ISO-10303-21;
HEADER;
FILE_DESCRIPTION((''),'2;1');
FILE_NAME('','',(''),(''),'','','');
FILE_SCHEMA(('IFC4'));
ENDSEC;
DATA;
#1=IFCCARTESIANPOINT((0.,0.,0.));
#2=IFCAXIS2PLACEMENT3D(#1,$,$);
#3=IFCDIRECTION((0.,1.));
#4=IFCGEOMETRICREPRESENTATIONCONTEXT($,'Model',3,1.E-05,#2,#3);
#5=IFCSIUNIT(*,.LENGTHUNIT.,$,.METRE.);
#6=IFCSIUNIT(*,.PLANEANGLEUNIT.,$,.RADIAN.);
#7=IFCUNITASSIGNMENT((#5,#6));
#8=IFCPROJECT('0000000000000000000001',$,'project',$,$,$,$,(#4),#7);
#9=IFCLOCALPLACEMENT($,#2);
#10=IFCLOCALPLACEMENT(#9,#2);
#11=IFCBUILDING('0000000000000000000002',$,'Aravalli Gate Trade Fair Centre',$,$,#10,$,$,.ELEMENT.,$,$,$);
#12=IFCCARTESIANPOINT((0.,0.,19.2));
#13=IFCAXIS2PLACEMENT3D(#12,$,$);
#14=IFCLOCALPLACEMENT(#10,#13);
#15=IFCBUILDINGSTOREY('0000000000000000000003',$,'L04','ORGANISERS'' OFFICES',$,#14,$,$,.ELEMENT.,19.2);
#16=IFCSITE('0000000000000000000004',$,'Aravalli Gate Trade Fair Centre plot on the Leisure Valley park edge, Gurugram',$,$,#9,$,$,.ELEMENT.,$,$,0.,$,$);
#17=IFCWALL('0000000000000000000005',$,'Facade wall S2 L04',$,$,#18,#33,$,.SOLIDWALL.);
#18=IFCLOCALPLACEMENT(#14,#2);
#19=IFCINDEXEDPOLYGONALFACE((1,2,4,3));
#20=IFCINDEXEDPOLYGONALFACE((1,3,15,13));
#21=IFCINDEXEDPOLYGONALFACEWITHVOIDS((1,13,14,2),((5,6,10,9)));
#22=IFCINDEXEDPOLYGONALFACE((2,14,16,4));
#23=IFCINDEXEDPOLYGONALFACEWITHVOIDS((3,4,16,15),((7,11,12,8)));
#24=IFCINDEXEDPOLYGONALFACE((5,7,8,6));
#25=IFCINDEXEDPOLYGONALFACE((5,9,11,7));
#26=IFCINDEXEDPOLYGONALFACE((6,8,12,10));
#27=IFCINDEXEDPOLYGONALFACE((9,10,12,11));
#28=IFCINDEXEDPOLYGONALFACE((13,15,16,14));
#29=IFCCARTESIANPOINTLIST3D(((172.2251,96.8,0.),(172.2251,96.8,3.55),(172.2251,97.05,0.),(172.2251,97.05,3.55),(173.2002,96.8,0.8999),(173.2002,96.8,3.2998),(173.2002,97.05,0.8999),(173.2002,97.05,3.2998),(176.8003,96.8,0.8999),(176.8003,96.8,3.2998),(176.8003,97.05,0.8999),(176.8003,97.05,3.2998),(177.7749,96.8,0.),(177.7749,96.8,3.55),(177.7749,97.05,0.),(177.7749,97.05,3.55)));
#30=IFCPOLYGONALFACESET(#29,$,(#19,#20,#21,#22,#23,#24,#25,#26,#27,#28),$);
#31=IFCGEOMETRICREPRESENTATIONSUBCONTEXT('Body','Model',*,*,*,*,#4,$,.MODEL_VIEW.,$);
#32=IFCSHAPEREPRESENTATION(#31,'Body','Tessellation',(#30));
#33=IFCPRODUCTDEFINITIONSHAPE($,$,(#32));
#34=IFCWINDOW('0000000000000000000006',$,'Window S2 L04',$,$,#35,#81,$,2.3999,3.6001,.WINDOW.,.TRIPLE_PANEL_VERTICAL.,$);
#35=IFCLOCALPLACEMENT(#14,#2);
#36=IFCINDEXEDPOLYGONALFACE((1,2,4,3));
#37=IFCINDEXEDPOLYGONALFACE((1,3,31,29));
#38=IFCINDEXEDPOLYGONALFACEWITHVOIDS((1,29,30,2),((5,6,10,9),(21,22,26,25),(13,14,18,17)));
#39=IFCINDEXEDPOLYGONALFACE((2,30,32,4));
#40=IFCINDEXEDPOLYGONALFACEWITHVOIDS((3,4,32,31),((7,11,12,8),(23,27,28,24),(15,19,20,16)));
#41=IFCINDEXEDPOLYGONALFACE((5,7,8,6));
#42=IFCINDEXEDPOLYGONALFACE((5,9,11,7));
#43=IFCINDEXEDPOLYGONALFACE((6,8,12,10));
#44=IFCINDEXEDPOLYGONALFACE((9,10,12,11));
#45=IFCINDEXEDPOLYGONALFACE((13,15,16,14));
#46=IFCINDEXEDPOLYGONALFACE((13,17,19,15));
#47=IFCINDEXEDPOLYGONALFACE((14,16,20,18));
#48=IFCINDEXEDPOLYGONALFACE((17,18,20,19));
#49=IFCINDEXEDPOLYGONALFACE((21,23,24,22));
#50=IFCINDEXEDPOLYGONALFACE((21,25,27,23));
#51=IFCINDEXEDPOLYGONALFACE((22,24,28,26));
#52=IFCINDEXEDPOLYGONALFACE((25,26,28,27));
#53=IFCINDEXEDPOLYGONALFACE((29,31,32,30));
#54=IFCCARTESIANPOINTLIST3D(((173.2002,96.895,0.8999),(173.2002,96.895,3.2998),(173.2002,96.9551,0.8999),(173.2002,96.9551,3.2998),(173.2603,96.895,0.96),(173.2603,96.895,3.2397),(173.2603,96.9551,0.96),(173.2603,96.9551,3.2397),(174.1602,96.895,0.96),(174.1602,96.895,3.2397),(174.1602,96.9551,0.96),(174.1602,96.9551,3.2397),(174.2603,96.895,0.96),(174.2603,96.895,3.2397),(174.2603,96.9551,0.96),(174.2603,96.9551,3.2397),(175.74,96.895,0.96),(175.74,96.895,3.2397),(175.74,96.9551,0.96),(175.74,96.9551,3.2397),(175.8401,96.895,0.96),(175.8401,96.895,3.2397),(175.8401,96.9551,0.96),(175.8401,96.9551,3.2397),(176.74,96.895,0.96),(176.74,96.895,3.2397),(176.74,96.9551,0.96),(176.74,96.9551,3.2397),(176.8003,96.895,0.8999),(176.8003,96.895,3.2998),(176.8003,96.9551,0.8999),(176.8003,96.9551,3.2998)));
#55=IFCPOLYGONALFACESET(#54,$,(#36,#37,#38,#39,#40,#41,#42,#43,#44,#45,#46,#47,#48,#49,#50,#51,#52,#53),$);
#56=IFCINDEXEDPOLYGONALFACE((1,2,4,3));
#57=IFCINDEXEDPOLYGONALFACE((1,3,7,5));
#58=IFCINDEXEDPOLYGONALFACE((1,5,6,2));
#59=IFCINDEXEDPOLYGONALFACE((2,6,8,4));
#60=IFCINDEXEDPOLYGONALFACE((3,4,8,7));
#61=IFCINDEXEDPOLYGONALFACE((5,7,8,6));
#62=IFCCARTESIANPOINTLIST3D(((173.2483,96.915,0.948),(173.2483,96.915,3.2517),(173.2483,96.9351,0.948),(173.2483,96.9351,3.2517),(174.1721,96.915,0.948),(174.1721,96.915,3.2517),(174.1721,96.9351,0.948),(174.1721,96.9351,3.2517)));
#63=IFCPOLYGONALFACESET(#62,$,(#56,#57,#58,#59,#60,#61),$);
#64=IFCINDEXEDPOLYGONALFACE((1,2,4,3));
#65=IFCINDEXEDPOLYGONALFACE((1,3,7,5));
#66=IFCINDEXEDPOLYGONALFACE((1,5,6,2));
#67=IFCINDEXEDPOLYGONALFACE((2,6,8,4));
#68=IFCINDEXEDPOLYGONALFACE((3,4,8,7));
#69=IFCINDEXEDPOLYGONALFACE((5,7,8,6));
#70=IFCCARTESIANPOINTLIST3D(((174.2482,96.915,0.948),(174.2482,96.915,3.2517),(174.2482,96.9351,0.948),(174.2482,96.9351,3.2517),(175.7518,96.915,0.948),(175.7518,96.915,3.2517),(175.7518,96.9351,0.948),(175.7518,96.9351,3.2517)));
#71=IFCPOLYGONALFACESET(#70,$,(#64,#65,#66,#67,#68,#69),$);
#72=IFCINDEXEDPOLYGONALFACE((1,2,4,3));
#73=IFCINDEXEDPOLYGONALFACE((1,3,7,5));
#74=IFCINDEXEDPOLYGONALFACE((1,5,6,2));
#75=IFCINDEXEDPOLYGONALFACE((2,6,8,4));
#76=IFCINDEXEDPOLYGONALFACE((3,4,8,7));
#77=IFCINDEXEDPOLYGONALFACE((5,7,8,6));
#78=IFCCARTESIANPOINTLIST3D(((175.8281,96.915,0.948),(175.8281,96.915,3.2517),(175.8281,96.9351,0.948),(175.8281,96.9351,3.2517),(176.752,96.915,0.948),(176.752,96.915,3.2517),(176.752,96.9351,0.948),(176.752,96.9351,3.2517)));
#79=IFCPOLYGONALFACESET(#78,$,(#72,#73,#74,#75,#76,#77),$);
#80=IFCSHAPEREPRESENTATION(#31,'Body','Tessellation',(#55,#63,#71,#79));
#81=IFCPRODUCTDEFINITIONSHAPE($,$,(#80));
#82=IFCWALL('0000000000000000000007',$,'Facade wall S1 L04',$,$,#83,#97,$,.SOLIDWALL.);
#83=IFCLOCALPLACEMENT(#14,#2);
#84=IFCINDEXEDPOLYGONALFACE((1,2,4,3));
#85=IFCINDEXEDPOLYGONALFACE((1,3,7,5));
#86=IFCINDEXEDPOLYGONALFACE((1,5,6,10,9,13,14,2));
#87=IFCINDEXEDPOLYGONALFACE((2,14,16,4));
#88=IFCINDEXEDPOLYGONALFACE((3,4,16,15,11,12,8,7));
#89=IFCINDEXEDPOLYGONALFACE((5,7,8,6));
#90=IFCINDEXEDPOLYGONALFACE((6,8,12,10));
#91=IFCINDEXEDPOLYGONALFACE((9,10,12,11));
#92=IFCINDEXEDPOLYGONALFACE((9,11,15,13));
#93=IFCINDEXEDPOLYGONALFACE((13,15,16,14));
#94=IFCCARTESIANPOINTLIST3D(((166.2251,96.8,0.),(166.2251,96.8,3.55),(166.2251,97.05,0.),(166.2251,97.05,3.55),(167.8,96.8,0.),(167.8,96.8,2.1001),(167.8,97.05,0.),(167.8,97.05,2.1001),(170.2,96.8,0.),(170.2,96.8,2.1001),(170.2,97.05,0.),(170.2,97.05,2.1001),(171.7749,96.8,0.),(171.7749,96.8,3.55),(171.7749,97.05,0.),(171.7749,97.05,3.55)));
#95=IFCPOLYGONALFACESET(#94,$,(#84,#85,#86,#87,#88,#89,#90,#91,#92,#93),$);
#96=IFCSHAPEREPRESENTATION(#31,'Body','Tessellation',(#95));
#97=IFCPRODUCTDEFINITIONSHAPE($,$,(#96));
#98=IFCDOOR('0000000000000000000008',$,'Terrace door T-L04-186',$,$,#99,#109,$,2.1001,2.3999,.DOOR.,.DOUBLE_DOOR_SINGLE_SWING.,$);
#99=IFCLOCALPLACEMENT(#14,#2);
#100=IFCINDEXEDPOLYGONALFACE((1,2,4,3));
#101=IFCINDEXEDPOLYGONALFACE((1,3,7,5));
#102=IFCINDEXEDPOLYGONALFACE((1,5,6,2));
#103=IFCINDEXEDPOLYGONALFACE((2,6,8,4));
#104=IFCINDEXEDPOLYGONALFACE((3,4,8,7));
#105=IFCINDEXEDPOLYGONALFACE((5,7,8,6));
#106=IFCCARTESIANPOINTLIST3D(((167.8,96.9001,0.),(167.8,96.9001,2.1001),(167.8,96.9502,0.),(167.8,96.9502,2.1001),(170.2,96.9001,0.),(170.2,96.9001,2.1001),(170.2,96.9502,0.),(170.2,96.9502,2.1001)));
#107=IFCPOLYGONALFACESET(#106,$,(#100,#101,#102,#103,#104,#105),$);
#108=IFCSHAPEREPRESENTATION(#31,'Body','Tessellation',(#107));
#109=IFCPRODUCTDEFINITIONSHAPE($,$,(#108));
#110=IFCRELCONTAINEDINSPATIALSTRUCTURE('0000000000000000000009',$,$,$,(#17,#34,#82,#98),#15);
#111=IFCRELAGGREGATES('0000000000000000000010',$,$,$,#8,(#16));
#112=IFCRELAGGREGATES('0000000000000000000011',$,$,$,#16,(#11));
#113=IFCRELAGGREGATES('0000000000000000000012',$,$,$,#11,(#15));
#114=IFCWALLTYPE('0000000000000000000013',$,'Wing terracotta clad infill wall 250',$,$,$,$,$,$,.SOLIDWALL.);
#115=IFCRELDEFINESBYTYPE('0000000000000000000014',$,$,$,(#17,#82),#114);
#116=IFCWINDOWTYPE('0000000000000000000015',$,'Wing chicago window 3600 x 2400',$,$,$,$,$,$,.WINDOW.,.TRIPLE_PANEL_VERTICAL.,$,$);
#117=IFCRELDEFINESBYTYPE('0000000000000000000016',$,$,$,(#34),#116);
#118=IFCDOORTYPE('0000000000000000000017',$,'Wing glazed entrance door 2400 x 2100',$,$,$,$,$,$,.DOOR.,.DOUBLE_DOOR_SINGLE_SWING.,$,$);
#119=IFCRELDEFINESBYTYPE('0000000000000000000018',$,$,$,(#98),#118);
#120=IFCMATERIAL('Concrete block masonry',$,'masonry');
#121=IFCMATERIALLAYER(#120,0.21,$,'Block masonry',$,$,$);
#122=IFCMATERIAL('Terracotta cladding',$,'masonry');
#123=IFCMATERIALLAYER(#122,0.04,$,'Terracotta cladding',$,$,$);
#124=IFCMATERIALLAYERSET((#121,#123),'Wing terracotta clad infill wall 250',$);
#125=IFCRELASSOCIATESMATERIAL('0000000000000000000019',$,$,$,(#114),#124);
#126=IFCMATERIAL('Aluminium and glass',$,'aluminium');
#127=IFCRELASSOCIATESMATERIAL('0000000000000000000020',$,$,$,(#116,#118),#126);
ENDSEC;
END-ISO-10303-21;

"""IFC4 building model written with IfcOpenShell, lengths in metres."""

from ifc_helpers import new_model, si_unit, direction, frame, frame_2d, origin, place, context, subcontext, project, spatial, polyline, rectangle, outline, extrude, material, layer, layer_set, type_object, element, fill, save


model = new_model("IFC4")

# Units and contexts
model_context = context("Model", 3, precision=1e-05, world=origin(), true_north=direction((0.0, 1.0)))
body_context = subcontext(model_context, "Body", "Model", "MODEL_VIEW")
ifc_project = project(units=[si_unit("LENGTHUNIT", "METRE"), si_unit("PLANEANGLEUNIT", "RADIAN")], contexts=[model_context])

# Site, building, storey
site_placement = place(None, origin())
site = spatial("IfcSite", under=ifc_project, at=site_placement, Name="Aravalli Gate Trade Fair Centre plot on the Leisure Valley park edge, Gurugram", CompositionType="ELEMENT", RefElevation=0.0)
building_placement = place(site_placement, origin())
building = spatial("IfcBuilding", under=site, at=building_placement, Name="Aravalli Gate Trade Fair Centre", CompositionType="ELEMENT")
storey_placement = place(building_placement, frame((0.0, 0.0, 19.2)))
storey = spatial("IfcBuildingStorey", under=building, at=storey_placement, Name="L04", Description="ORGANISERS' OFFICES", CompositionType="ELEMENT", Elevation=19.2)

# Wall, opening, window
ifc_material_1 = material(Name="Concrete block masonry", Category="masonry")
ifc_layer_1 = layer(ifc_material_1, 0.21, Name="Block masonry")
ifc_material_2 = material(Name="Terracotta cladding", Category="masonry")
ifc_layer_2 = layer(ifc_material_2, 0.04, Name="Terracotta cladding")
ifc_layer_set_1 = layer_set([ifc_layer_1, ifc_layer_2], Name="Wing terracotta clad infill wall 250")
wall_type_1 = type_object("IfcWallType", Name="Wing terracotta clad infill wall 250", PredefinedType="SOLIDWALL", material=ifc_layer_set_1)
wall_1_placement = place(storey_placement, frame((172.2251, 96.925, 0.0), z_axis=(0.0, 0.0, 1.0), x_axis=(1.0, 0.0, 0.0)))
wall_1 = element("IfcWall", 1, at=wall_1_placement, inside=storey, type_object=wall_type_1, Name="Facade wall S2 L04", PredefinedType="SOLIDWALL", context=body_context, shape_type="SweptSolid", body=[
    extrude(rectangle(XDim=5.5498, YDim=0.25, at=frame_2d((2.7749, 0.0))), origin(), (0.0, 0.0, 1.0), 3.55),
])
opening_1_placement = place(wall_1_placement, frame((0.9751, 0.0, 0.8999)))
opening_1 = element("IfcOpeningElement", 2, at=opening_1_placement, cuts=wall_1, PredefinedType="OPENING", context=body_context, shape_type="SweptSolid", body=[
    extrude(rectangle(XDim=3.6001, YDim=2.3999, at=frame_2d((1.8, 1.2))), frame((0.0, 0.135, 0.0), z_axis=(0.0, -1.0, 0.0), x_axis=(1.0, 0.0, 0.0)), (0.0, 0.0, 1.0), 0.27),
])
ifc_material_3 = material(Name="Aluminium and glass", Category="aluminium")
window_type = type_object("IfcWindowType", Name="Wing chicago window 3600 x 2400", PartitioningType="TRIPLE_PANEL_VERTICAL", PredefinedType="WINDOW", material=ifc_material_3)
window_placement = place(opening_1_placement, origin())
window = element("IfcWindow", 3, at=window_placement, inside=storey, type_object=window_type, Name="Window S2 L04", OverallHeight=2.3999, OverallWidth=3.6001, PartitioningType="TRIPLE_PANEL_VERTICAL", PredefinedType="WINDOW", context=body_context, shape_type="SweptSolid", body=[
    extrude(outline(polyline([(0.0, 0.0), (3.6001, 0.0), (3.6001, 2.3999), (0.0, 2.3999), (0.0, 0.0)]), holes=[polyline([(0.0601, 0.0601), (0.96, 0.0601), (0.96, 2.3398), (0.0601, 2.3398), (0.0601, 0.0601)]), polyline([(1.0601, 0.0601), (2.5398, 0.0601), (2.5398, 2.3398), (1.0601, 2.3398), (1.0601, 0.0601)]), polyline([(2.6399, 0.0601), (3.5398, 0.0601), (3.5398, 2.3398), (2.6399, 2.3398), (2.6399, 0.0601)])]), frame((0.0, 0.03, 0.0), z_axis=(0.0, -1.0, 0.0), x_axis=(1.0, 0.0, 0.0)), (0.0, 0.0, 1.0), 0.0601),
    extrude(rectangle(XDim=0.9238, YDim=2.3037, at=frame_2d((0.51, 1.2))), frame((0.0, 0.01, 0.0), z_axis=(0.0, -1.0, 0.0), x_axis=(1.0, 0.0, 0.0)), (0.0, 0.0, 1.0), 0.02),
    extrude(rectangle(XDim=1.5037, YDim=2.3037, at=frame_2d((1.7998, 1.2))), frame((0.0, 0.01, 0.0), z_axis=(0.0, -1.0, 0.0), x_axis=(1.0, 0.0, 0.0)), (0.0, 0.0, 1.0), 0.02),
    extrude(rectangle(XDim=0.9238, YDim=2.3037, at=frame_2d((3.0898, 1.2))), frame((0.0, 0.01, 0.0), z_axis=(0.0, -1.0, 0.0), x_axis=(1.0, 0.0, 0.0)), (0.0, 0.0, 1.0), 0.02),
])
fill(opening_1, window)

# Wall, opening, door
wall_2_placement = place(storey_placement, frame((166.2251, 96.925, 0.0), z_axis=(0.0, 0.0, 1.0), x_axis=(1.0, 0.0, 0.0)))
wall_2 = element("IfcWall", 4, at=wall_2_placement, inside=storey, type_object=wall_type_1, Name="Facade wall S1 L04", PredefinedType="SOLIDWALL", context=body_context, shape_type="SweptSolid", body=[
    extrude(rectangle(XDim=5.5498, YDim=0.25, at=frame_2d((2.7749, 0.0))), origin(), (0.0, 0.0, 1.0), 3.55),
])
opening_2_placement = place(wall_2_placement, frame((1.575, 0.0, 0.0)))
opening_2 = element("IfcOpeningElement", 5, at=opening_2_placement, cuts=wall_2, PredefinedType="OPENING", context=body_context, shape_type="SweptSolid", body=[
    extrude(rectangle(XDim=2.3999, YDim=2.1001, at=frame_2d((1.2, 1.05))), frame((0.0, 0.135, 0.0), z_axis=(0.0, -1.0, 0.0), x_axis=(1.0, 0.0, 0.0)), (0.0, 0.0, 1.0), 0.27),
])
door_type = type_object("IfcDoorType", Name="Wing glazed entrance door 2400 x 2100", OperationType="DOUBLE_DOOR_SINGLE_SWING", PredefinedType="DOOR", material=ifc_material_3)
door_placement = place(opening_2_placement, frame((2.3999, 0.0, 0.0), z_axis=(0.0, 0.0, 1.0), x_axis=(-1.0, 0.0, 0.0)))
door = element("IfcDoor", 6, at=door_placement, inside=storey, type_object=door_type, Name="Terrace door T-L04-186", OperationType="DOUBLE_DOOR_SINGLE_SWING", OverallHeight=2.1001, OverallWidth=2.3999, PredefinedType="DOOR", context=body_context, shape_type="SweptSolid", body=[
    extrude(rectangle(XDim=2.3999, YDim=2.1001, at=frame_2d((1.2, 1.05))), frame((0.0, 0.0249, 0.0), z_axis=(0.0, -1.0, 0.0), x_axis=(1.0, 0.0, 0.0)), (0.0, 0.0, 1.0), 0.05),
])
fill(opening_2, door)

save(model, "model.ifc")
